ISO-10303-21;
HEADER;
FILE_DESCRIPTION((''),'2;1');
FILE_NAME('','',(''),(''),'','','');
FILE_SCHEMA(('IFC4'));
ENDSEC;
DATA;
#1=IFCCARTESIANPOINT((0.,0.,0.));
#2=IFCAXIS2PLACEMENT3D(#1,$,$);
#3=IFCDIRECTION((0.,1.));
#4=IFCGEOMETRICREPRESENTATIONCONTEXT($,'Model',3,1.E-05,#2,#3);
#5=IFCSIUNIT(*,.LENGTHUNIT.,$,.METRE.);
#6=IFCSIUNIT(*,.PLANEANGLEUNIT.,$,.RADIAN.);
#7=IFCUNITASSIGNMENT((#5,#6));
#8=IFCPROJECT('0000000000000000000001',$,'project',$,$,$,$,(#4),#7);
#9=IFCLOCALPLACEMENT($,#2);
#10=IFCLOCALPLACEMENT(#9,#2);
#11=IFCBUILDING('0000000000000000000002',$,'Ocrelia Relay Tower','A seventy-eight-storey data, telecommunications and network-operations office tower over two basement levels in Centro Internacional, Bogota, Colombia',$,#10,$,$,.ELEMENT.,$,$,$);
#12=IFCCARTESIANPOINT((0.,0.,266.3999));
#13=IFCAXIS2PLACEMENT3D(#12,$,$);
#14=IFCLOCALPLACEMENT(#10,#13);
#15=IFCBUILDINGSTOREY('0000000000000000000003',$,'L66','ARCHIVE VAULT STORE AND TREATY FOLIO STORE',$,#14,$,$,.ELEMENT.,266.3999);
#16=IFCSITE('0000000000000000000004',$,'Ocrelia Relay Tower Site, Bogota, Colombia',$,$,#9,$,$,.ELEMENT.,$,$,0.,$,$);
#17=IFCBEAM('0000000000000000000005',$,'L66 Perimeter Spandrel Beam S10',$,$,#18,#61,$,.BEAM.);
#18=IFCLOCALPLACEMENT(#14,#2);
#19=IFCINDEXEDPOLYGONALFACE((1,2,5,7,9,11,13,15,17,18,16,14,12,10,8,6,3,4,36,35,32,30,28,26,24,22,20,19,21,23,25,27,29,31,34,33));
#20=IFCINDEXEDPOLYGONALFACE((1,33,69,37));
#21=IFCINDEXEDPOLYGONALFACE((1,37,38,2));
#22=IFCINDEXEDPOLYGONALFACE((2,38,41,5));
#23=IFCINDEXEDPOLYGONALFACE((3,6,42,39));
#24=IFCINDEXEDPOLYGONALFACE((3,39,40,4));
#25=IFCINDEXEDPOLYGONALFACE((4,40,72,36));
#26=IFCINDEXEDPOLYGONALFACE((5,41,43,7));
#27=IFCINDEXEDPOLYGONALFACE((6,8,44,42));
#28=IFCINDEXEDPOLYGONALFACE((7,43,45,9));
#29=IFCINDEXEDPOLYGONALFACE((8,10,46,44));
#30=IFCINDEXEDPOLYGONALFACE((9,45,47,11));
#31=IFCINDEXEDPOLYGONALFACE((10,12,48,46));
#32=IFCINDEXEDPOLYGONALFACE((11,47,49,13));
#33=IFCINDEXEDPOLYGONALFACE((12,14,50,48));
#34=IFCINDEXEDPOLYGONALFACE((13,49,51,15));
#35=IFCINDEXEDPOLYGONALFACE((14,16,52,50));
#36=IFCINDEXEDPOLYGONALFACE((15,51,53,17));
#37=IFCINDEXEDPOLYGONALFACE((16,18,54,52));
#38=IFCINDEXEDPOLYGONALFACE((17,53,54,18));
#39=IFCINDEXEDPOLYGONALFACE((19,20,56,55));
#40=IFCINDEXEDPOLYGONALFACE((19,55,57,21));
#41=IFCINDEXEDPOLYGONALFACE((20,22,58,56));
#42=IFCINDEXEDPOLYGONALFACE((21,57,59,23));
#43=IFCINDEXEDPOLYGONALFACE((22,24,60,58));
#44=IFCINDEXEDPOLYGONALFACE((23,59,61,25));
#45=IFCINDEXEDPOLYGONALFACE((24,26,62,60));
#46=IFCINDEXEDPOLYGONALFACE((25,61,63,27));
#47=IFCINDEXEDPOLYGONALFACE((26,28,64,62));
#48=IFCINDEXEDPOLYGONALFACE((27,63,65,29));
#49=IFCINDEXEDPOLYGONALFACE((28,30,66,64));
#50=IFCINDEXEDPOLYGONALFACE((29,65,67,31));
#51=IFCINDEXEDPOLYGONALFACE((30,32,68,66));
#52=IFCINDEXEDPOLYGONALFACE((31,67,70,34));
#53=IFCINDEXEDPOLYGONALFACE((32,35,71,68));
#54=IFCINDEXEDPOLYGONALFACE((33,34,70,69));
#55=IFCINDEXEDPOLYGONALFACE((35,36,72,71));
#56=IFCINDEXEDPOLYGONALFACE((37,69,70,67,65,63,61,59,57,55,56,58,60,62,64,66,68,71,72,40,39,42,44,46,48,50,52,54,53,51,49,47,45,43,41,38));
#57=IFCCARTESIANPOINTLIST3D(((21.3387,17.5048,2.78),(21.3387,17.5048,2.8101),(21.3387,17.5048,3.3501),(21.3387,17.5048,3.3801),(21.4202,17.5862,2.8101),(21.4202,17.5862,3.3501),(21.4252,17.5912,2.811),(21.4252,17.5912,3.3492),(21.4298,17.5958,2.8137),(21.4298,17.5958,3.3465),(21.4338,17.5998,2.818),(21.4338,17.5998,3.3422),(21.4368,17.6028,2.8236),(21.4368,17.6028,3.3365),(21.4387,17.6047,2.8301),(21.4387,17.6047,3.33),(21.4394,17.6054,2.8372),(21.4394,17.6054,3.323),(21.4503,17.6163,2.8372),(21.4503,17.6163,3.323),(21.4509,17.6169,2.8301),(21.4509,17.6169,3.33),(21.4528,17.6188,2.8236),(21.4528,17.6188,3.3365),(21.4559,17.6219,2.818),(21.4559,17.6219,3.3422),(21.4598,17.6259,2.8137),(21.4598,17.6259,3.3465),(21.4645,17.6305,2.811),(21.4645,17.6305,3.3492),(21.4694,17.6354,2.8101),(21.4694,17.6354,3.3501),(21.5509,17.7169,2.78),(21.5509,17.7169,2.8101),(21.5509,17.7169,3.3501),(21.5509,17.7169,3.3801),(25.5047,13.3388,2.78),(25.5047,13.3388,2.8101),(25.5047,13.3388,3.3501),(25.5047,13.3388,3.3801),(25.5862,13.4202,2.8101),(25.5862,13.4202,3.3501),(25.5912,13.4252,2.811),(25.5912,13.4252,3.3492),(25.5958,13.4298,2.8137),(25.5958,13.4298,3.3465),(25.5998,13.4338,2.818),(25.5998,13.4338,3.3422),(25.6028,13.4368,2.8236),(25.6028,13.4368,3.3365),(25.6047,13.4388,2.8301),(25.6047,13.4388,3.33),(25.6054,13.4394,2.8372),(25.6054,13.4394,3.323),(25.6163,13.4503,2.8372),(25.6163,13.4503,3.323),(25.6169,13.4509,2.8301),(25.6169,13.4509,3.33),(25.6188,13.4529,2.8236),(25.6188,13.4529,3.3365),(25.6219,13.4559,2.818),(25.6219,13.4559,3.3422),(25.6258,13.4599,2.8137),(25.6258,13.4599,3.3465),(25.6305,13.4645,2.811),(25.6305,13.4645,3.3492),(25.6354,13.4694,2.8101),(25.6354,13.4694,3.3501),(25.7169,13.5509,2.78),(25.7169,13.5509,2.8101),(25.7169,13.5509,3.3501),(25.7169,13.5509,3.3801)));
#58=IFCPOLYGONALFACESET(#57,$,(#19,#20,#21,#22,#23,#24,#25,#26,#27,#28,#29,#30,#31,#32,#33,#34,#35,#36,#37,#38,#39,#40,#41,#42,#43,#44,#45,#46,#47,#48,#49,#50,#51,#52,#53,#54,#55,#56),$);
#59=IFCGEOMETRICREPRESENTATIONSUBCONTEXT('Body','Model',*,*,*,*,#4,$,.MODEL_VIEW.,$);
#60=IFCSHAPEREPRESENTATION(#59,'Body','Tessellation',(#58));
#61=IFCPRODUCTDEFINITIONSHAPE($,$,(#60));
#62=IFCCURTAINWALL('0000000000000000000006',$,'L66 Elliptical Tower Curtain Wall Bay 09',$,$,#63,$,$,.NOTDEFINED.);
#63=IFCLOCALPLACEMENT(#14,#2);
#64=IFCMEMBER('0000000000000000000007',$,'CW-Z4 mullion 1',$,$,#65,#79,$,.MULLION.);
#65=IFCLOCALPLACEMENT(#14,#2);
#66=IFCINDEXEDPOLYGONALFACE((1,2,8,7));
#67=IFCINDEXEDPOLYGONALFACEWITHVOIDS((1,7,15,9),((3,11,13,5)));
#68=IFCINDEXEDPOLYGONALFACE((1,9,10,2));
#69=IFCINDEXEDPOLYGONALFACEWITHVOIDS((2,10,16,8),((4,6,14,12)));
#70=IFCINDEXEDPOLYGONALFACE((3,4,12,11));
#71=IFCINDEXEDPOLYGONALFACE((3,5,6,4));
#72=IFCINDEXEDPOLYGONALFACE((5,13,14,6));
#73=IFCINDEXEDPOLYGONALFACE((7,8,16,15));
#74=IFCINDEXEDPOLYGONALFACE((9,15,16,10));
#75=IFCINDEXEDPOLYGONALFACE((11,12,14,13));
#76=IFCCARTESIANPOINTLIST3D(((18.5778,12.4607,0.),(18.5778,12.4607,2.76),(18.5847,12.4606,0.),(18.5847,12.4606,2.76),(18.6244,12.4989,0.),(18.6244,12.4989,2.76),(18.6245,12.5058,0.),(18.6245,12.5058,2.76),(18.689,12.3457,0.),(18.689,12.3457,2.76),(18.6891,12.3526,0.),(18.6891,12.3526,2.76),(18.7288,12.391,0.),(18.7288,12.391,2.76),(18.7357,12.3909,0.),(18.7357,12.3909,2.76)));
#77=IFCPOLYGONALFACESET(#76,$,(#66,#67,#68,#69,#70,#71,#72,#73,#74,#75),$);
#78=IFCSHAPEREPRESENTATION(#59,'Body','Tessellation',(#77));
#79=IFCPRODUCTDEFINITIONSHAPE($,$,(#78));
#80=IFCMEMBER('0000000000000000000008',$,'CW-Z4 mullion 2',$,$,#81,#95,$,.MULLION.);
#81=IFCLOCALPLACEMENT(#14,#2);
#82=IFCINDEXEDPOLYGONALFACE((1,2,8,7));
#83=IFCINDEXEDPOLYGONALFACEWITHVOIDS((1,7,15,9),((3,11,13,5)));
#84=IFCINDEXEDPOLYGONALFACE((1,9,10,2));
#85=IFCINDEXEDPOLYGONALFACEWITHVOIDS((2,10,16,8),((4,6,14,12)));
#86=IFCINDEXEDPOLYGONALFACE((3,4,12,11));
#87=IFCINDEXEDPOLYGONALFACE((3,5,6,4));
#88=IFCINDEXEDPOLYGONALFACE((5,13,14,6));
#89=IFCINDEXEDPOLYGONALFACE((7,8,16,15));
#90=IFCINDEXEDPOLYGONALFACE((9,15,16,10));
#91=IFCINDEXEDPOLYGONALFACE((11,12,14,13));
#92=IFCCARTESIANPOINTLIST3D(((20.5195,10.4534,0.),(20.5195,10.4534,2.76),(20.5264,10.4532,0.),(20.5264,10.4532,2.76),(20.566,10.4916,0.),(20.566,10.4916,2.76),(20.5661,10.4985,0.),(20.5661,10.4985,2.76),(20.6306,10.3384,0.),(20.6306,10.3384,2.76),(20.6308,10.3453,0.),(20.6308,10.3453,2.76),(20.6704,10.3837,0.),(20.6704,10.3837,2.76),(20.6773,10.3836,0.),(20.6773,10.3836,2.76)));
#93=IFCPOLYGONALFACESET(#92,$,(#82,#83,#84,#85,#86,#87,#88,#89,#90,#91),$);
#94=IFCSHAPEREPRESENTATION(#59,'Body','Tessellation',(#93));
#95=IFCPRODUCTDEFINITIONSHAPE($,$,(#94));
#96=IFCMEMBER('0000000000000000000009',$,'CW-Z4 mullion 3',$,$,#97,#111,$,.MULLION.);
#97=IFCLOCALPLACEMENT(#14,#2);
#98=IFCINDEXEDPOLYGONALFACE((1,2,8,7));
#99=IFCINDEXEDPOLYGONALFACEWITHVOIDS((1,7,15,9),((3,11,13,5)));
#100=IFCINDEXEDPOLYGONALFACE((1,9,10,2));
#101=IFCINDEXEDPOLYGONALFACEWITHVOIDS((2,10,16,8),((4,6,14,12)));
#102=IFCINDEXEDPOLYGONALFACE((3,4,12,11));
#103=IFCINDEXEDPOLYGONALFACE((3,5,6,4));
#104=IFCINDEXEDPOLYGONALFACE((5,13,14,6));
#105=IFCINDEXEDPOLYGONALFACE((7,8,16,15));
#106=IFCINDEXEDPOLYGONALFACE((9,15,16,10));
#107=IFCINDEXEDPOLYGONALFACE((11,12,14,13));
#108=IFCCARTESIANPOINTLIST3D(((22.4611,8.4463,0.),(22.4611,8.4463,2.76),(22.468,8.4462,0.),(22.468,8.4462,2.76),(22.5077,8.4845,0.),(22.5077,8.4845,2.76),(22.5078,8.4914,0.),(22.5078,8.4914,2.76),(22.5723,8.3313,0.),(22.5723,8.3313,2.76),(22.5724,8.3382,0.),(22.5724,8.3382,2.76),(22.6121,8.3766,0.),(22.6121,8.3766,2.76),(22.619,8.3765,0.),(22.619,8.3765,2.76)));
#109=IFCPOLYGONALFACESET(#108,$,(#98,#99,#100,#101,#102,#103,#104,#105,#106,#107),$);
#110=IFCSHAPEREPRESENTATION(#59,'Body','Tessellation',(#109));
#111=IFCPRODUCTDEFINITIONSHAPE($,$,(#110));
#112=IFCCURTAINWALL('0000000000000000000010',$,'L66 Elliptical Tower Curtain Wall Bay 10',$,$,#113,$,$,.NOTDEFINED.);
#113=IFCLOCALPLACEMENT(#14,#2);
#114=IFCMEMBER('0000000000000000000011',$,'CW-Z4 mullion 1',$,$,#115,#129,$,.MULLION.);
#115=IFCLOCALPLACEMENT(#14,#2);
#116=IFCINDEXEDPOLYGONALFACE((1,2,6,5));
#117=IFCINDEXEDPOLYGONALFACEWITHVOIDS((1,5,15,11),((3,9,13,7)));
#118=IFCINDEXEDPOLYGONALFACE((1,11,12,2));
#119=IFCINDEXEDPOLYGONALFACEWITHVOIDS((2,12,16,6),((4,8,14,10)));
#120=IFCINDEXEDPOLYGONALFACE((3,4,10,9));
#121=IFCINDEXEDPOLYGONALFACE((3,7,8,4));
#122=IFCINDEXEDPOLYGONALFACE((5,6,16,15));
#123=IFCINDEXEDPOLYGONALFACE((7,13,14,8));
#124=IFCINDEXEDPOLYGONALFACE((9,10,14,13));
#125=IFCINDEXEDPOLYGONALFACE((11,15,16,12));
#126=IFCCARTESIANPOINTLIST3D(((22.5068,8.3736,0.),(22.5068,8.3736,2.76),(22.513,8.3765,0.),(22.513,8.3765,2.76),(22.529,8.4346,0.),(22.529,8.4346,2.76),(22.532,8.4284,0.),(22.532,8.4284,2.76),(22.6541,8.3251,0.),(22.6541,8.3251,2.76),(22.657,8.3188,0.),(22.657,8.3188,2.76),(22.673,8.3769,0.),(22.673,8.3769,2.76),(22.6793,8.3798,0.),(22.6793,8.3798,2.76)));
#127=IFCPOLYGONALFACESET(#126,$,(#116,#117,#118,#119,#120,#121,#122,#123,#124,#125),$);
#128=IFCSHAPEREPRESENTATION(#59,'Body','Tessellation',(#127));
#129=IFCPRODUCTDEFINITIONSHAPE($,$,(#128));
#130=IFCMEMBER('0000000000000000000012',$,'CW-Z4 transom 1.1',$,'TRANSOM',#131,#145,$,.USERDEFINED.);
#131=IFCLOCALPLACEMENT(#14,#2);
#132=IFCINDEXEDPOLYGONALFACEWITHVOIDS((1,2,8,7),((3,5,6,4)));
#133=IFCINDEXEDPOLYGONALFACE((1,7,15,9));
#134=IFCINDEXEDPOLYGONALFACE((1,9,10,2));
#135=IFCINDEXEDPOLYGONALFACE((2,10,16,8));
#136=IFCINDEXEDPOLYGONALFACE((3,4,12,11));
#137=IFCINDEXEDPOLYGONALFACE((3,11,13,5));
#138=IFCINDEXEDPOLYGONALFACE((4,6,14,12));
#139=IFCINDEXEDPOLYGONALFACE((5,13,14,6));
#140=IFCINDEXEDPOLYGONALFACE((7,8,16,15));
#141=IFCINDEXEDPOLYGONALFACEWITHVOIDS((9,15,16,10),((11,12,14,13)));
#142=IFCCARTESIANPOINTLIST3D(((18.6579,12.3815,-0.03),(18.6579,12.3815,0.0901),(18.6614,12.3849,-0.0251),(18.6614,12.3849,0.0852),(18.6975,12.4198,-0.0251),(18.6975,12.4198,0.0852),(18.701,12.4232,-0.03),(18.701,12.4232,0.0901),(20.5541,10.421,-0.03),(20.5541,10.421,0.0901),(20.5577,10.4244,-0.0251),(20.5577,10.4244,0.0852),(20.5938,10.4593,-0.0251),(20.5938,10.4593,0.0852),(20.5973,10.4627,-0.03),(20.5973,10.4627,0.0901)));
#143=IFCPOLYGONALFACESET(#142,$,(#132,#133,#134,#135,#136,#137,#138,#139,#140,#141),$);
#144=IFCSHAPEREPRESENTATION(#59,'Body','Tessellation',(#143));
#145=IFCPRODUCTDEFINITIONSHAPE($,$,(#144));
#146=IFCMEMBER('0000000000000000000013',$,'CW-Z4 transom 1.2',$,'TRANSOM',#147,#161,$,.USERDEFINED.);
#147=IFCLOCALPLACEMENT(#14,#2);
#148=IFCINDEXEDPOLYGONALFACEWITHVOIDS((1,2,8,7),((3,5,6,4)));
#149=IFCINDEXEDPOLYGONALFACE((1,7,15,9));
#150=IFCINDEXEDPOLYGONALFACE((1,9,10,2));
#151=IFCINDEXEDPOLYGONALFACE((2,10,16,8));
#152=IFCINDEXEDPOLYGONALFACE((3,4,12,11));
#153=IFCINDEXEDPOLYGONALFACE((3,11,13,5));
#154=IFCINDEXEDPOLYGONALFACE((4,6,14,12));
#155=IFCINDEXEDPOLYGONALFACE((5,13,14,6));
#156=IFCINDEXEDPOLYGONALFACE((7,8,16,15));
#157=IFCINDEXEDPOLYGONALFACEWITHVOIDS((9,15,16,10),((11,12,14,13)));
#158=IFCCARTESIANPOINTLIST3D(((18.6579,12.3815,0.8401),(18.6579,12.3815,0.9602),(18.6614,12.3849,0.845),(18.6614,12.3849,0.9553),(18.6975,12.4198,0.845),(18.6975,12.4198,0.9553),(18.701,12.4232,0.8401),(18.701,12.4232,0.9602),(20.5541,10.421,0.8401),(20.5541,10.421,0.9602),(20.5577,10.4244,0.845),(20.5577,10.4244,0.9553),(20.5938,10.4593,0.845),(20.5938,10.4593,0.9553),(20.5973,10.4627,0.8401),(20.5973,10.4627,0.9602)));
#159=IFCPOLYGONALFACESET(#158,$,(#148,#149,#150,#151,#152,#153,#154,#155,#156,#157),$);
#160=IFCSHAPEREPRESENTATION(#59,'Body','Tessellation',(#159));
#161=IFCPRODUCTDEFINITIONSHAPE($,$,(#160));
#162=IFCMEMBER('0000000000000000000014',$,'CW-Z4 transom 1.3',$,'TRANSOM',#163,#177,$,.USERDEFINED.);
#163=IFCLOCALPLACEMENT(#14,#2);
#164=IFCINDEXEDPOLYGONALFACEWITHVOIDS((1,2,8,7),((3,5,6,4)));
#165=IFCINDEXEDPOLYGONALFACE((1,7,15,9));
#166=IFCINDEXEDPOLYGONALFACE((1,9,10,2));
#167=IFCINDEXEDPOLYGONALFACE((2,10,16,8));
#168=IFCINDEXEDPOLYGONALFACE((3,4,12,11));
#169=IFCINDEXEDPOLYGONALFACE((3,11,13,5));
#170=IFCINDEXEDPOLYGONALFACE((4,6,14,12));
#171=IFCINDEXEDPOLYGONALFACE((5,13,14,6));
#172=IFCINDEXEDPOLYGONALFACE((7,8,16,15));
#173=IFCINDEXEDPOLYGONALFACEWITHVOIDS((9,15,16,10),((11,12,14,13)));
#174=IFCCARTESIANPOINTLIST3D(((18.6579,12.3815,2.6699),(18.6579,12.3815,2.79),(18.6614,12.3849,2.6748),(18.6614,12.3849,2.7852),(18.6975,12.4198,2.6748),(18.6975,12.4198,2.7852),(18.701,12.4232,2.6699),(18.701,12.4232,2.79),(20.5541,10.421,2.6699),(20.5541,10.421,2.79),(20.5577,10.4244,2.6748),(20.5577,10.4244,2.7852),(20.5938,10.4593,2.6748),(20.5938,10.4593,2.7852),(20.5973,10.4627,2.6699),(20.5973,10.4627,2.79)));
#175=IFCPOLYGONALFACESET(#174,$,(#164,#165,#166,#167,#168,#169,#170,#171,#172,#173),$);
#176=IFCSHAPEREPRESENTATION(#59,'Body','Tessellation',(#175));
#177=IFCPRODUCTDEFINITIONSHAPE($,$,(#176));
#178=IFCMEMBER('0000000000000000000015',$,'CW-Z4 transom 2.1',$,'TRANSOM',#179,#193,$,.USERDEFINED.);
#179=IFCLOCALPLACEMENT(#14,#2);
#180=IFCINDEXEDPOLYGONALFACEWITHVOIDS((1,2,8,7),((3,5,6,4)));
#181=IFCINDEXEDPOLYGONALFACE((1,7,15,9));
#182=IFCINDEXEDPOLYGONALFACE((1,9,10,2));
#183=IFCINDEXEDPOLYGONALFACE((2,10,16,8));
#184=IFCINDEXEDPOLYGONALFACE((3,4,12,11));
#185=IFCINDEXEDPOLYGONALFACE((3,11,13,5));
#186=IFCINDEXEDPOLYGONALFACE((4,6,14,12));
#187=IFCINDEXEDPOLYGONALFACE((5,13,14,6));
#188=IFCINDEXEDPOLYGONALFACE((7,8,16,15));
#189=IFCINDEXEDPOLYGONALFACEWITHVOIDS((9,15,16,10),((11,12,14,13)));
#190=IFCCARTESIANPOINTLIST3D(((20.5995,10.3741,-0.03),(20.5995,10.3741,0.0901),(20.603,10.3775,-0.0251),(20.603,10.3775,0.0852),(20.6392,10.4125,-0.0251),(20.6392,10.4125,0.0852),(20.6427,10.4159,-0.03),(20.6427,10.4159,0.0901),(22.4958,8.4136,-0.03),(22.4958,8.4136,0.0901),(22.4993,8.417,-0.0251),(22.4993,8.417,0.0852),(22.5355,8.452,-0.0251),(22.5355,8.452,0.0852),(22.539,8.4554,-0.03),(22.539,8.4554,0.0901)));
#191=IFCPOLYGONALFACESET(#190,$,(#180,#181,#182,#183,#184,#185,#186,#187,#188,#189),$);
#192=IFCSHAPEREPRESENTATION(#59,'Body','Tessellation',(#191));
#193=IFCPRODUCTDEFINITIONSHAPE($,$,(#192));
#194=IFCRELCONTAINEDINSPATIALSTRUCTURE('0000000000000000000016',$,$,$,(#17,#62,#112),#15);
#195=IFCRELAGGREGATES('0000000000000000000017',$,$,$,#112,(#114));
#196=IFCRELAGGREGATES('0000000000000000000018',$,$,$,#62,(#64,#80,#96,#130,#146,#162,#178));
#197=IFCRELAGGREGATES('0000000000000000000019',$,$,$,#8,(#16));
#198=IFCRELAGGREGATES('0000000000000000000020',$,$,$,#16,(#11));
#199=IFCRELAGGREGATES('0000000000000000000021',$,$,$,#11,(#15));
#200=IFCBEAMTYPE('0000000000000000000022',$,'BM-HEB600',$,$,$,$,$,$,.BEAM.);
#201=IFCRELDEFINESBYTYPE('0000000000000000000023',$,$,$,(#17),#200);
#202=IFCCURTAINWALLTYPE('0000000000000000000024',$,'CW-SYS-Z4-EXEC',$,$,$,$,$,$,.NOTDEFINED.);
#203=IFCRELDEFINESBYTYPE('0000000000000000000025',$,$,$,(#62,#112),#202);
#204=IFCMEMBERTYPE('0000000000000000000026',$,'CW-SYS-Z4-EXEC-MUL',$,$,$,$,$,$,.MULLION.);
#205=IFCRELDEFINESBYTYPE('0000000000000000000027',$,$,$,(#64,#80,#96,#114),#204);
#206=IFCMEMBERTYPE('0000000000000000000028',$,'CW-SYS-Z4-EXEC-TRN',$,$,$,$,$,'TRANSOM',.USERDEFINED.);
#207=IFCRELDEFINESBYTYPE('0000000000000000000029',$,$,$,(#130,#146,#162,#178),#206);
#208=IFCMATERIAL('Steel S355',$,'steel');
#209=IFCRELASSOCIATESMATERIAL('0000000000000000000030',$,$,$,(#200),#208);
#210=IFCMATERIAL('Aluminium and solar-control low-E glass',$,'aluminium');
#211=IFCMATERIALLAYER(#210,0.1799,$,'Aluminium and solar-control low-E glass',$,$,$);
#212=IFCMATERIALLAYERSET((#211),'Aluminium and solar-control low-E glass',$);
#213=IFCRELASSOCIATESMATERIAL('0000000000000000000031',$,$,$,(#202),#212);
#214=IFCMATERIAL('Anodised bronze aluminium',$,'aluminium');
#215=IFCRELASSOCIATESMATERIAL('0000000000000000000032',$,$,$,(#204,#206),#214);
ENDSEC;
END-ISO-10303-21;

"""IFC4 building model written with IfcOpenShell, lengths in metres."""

from ifc_helpers import new_model, si_unit, direction, frame, origin, origin_2d, place, context, subcontext, project, spatial, hollow_rectangle, i_section, extrude, material, layer, layer_set, material_profile, profile_set, type_object, element, aggregate, save


model = new_model("IFC4")

# Units and contexts
model_context = context("Model", 3, precision=1e-05, world=origin(), true_north=direction((0.0, 1.0)))
body_context = subcontext(model_context, "Body", "Model", "MODEL_VIEW")
ifc_project = project(units=[si_unit("LENGTHUNIT", "METRE"), si_unit("PLANEANGLEUNIT", "RADIAN")], contexts=[model_context])

# Site, building, storey
site_placement = place(None, origin())
site = spatial("IfcSite", under=ifc_project, at=site_placement, Name="Ocrelia Relay Tower Site, Bogota, Colombia", CompositionType="ELEMENT", RefElevation=0.0)
building_placement = place(site_placement, origin())
building = spatial("IfcBuilding", under=site, at=building_placement, Name="Ocrelia Relay Tower", Description="A seventy-eight-storey data, telecommunications and network-operations office tower over two basement levels in Centro Internacional, Bogota, Colombia", CompositionType="ELEMENT")
storey_placement = place(building_placement, frame((0.0, 0.0, 266.3999)))
storey = spatial("IfcBuildingStorey", under=building, at=storey_placement, Name="L66", Description="ARCHIVE VAULT STORE AND TREATY FOLIO STORE", CompositionType="ELEMENT", Elevation=266.3999)

# Beam
ifc_material_1 = material(Name="Steel S355", Category="steel")
ifc_material_profile_1 = material_profile(ifc_material_1, i_section(OverallWidth=0.3, OverallDepth=0.6001, WebThickness=0.0154, FlangeThickness=0.03, FilletRadius=0.0271, at=origin_2d()), Name="HEB 600")
ifc_profile_set_1 = profile_set([ifc_material_profile_1], Name="Steel S355")
beam_type_1 = type_object("IfcBeamType", Name="BM-HEB600", PredefinedType="BEAM", material=ifc_profile_set_1)
beam_1_placement = place(storey_placement, frame((21.4448, 17.6108, 3.0801), z_axis=(0.707107, -0.707107, 0.0), x_axis=(0.707107, 0.707107, 0.0)))
element("IfcBeam", 1, at=beam_1_placement, inside=storey, type_object=beam_type_1, Name="L66 Perimeter Spandrel Beam S10", PredefinedType="BEAM", context=body_context, shape_type="SweptSolid", body=[
    extrude(i_section(OverallWidth=0.3, OverallDepth=0.6001, WebThickness=0.0154, FlangeThickness=0.03, FilletRadius=0.0271, at=origin_2d()), origin(), (0.0, 0.0, 1.0), 5.8916),
])

# Curtain wall, members
ifc_material_2 = material(Name="Aluminium and solar-control low-E glass", Category="aluminium")
ifc_layer_1 = layer(ifc_material_2, 0.1799, Name="Aluminium and solar-control low-E glass")
ifc_layer_set_1 = layer_set([ifc_layer_1], Name="Aluminium and solar-control low-E glass")
curtain_wall_type = type_object("IfcCurtainWallType", Name="CW-SYS-Z4-EXEC", PredefinedType="NOTDEFINED", material=ifc_layer_set_1)
curtain_wall_1_placement = place(storey_placement, origin())
curtain_wall_1 = element("IfcCurtainWall", 2, at=curtain_wall_1_placement, inside=storey, type_object=curtain_wall_type, Name="L66 Elliptical Tower Curtain Wall Bay 09", PredefinedType="NOTDEFINED")
ifc_material_3 = material(Name="Anodised bronze aluminium", Category="aluminium")
ifc_material_profile_2 = material_profile(ifc_material_3, hollow_rectangle(XDim=0.0649, YDim=0.1599, WallThickness=0.0049, at=origin_2d()), Name="CW-MUL-160x65")
ifc_profile_set_2 = profile_set([ifc_material_profile_2], Name="Anodised bronze aluminium")
member_type_1 = type_object("IfcMemberType", Name="CW-SYS-Z4-EXEC-MUL", PredefinedType="MULLION", material=ifc_profile_set_2)
member_1_placement = place(storey_placement, frame((18.6567, 12.4258, 0.0), z_axis=(0.0, 0.0, 1.0), x_axis=(0.718761, 0.695257, 0.0)))
member_1 = element("IfcMember", 3, at=member_1_placement, type_object=member_type_1, Name="CW-Z4 mullion 1", PredefinedType="MULLION", context=body_context, shape_type="SweptSolid", body=[
    extrude(hollow_rectangle(XDim=0.0649, YDim=0.1599, WallThickness=0.0049, at=origin_2d()), origin(), (0.0, 0.0, 1.0), 2.76),
])
member_2_placement = place(storey_placement, frame((20.5984, 10.4185, 0.0), z_axis=(0.0, 0.0, 1.0), x_axis=(0.718761, 0.695257, 0.0)))
member_2 = element("IfcMember", 4, at=member_2_placement, type_object=member_type_1, Name="CW-Z4 mullion 2", PredefinedType="MULLION", context=body_context, shape_type="SweptSolid", body=[
    extrude(hollow_rectangle(XDim=0.0649, YDim=0.1599, WallThickness=0.0049, at=origin_2d()), origin(), (0.0, 0.0, 1.0), 2.76),
])
member_3_placement = place(storey_placement, frame((22.54, 8.4114, 0.0), z_axis=(0.0, 0.0, 1.0), x_axis=(0.718761, 0.695257, 0.0)))
member_3 = element("IfcMember", 5, at=member_3_placement, type_object=member_type_1, Name="CW-Z4 mullion 3", PredefinedType="MULLION", context=body_context, shape_type="SweptSolid", body=[
    extrude(hollow_rectangle(XDim=0.0649, YDim=0.1599, WallThickness=0.0049, at=origin_2d()), origin(), (0.0, 0.0, 1.0), 2.76),
])

# Curtain wall, member
curtain_wall_2_placement = place(storey_placement, origin())
curtain_wall_2 = element("IfcCurtainWall", 6, at=curtain_wall_2_placement, inside=storey, type_object=curtain_wall_type, Name="L66 Elliptical Tower Curtain Wall Bay 10", PredefinedType="NOTDEFINED")
member_4_placement = place(storey_placement, frame((22.593, 8.3767, 0.0), z_axis=(0.0, 0.0, 1.0), x_axis=(0.342799, 0.939409, 0.0)))
member_4 = element("IfcMember", 7, at=member_4_placement, type_object=member_type_1, Name="CW-Z4 mullion 1", PredefinedType="MULLION", context=body_context, shape_type="SweptSolid", body=[
    extrude(hollow_rectangle(XDim=0.0649, YDim=0.1599, WallThickness=0.0049, at=origin_2d()), origin(), (0.0, 0.0, 1.0), 2.76),
])

# Members
ifc_material_profile_3 = material_profile(ifc_material_3, hollow_rectangle(XDim=0.0601, YDim=0.1201, WallThickness=0.0049, at=origin_2d()), Name="CW-TRN-120x60")
ifc_profile_set_3 = profile_set([ifc_material_profile_3], Name="Anodised bronze aluminium")
member_type_2 = type_object("IfcMemberType", Name="CW-SYS-Z4-EXEC-TRN", ElementType="TRANSOM", PredefinedType="USERDEFINED", material=ifc_profile_set_3)
member_5_placement = place(storey_placement, frame((18.6794, 12.4023, 0.03), z_axis=(0.695238, -0.71878, 0.0), x_axis=(0.71878, 0.695238, 0.0)))
member_5 = element("IfcMember", 8, at=member_5_placement, type_object=member_type_2, Name="CW-Z4 transom 1.1", ObjectType="TRANSOM", PredefinedType="USERDEFINED", context=body_context, shape_type="SweptSolid", body=[
    extrude(hollow_rectangle(XDim=0.0601, YDim=0.1201, WallThickness=0.0049, at=origin_2d()), origin(), (0.0, 0.0, 1.0), 2.7275),
])
member_6_placement = place(storey_placement, frame((18.6794, 12.4023, 0.9001), z_axis=(0.695238, -0.71878, 0.0), x_axis=(0.71878, 0.695238, 0.0)))
member_6 = element("IfcMember", 9, at=member_6_placement, type_object=member_type_2, Name="CW-Z4 transom 1.2", ObjectType="TRANSOM", PredefinedType="USERDEFINED", context=body_context, shape_type="SweptSolid", body=[
    extrude(hollow_rectangle(XDim=0.0601, YDim=0.1201, WallThickness=0.0049, at=origin_2d()), origin(), (0.0, 0.0, 1.0), 2.7275),
])
member_7_placement = place(storey_placement, frame((18.6794, 12.4023, 2.73), z_axis=(0.695238, -0.71878, 0.0), x_axis=(0.71878, 0.695238, 0.0)))
member_7 = element("IfcMember", 10, at=member_7_placement, type_object=member_type_2, Name="CW-Z4 transom 1.3", ObjectType="TRANSOM", PredefinedType="USERDEFINED", context=body_context, shape_type="SweptSolid", body=[
    extrude(hollow_rectangle(XDim=0.0601, YDim=0.1201, WallThickness=0.0049, at=origin_2d()), origin(), (0.0, 0.0, 1.0), 2.7275),
])
member_8_placement = place(storey_placement, frame((20.6211, 10.395, 0.03), z_axis=(0.695238, -0.71878, 0.0), x_axis=(0.71878, 0.695238, 0.0)))
member_8 = element("IfcMember", 11, at=member_8_placement, type_object=member_type_2, Name="CW-Z4 transom 2.1", ObjectType="TRANSOM", PredefinedType="USERDEFINED", context=body_context, shape_type="SweptSolid", body=[
    extrude(hollow_rectangle(XDim=0.0601, YDim=0.1201, WallThickness=0.0049, at=origin_2d()), origin(), (0.0, 0.0, 1.0), 2.7275),
])
aggregate(curtain_wall_2, [member_4])

aggregate(curtain_wall_1, [member_1, member_2, member_3, member_5, member_6, member_7, member_8])

save(model, "model.ifc")
